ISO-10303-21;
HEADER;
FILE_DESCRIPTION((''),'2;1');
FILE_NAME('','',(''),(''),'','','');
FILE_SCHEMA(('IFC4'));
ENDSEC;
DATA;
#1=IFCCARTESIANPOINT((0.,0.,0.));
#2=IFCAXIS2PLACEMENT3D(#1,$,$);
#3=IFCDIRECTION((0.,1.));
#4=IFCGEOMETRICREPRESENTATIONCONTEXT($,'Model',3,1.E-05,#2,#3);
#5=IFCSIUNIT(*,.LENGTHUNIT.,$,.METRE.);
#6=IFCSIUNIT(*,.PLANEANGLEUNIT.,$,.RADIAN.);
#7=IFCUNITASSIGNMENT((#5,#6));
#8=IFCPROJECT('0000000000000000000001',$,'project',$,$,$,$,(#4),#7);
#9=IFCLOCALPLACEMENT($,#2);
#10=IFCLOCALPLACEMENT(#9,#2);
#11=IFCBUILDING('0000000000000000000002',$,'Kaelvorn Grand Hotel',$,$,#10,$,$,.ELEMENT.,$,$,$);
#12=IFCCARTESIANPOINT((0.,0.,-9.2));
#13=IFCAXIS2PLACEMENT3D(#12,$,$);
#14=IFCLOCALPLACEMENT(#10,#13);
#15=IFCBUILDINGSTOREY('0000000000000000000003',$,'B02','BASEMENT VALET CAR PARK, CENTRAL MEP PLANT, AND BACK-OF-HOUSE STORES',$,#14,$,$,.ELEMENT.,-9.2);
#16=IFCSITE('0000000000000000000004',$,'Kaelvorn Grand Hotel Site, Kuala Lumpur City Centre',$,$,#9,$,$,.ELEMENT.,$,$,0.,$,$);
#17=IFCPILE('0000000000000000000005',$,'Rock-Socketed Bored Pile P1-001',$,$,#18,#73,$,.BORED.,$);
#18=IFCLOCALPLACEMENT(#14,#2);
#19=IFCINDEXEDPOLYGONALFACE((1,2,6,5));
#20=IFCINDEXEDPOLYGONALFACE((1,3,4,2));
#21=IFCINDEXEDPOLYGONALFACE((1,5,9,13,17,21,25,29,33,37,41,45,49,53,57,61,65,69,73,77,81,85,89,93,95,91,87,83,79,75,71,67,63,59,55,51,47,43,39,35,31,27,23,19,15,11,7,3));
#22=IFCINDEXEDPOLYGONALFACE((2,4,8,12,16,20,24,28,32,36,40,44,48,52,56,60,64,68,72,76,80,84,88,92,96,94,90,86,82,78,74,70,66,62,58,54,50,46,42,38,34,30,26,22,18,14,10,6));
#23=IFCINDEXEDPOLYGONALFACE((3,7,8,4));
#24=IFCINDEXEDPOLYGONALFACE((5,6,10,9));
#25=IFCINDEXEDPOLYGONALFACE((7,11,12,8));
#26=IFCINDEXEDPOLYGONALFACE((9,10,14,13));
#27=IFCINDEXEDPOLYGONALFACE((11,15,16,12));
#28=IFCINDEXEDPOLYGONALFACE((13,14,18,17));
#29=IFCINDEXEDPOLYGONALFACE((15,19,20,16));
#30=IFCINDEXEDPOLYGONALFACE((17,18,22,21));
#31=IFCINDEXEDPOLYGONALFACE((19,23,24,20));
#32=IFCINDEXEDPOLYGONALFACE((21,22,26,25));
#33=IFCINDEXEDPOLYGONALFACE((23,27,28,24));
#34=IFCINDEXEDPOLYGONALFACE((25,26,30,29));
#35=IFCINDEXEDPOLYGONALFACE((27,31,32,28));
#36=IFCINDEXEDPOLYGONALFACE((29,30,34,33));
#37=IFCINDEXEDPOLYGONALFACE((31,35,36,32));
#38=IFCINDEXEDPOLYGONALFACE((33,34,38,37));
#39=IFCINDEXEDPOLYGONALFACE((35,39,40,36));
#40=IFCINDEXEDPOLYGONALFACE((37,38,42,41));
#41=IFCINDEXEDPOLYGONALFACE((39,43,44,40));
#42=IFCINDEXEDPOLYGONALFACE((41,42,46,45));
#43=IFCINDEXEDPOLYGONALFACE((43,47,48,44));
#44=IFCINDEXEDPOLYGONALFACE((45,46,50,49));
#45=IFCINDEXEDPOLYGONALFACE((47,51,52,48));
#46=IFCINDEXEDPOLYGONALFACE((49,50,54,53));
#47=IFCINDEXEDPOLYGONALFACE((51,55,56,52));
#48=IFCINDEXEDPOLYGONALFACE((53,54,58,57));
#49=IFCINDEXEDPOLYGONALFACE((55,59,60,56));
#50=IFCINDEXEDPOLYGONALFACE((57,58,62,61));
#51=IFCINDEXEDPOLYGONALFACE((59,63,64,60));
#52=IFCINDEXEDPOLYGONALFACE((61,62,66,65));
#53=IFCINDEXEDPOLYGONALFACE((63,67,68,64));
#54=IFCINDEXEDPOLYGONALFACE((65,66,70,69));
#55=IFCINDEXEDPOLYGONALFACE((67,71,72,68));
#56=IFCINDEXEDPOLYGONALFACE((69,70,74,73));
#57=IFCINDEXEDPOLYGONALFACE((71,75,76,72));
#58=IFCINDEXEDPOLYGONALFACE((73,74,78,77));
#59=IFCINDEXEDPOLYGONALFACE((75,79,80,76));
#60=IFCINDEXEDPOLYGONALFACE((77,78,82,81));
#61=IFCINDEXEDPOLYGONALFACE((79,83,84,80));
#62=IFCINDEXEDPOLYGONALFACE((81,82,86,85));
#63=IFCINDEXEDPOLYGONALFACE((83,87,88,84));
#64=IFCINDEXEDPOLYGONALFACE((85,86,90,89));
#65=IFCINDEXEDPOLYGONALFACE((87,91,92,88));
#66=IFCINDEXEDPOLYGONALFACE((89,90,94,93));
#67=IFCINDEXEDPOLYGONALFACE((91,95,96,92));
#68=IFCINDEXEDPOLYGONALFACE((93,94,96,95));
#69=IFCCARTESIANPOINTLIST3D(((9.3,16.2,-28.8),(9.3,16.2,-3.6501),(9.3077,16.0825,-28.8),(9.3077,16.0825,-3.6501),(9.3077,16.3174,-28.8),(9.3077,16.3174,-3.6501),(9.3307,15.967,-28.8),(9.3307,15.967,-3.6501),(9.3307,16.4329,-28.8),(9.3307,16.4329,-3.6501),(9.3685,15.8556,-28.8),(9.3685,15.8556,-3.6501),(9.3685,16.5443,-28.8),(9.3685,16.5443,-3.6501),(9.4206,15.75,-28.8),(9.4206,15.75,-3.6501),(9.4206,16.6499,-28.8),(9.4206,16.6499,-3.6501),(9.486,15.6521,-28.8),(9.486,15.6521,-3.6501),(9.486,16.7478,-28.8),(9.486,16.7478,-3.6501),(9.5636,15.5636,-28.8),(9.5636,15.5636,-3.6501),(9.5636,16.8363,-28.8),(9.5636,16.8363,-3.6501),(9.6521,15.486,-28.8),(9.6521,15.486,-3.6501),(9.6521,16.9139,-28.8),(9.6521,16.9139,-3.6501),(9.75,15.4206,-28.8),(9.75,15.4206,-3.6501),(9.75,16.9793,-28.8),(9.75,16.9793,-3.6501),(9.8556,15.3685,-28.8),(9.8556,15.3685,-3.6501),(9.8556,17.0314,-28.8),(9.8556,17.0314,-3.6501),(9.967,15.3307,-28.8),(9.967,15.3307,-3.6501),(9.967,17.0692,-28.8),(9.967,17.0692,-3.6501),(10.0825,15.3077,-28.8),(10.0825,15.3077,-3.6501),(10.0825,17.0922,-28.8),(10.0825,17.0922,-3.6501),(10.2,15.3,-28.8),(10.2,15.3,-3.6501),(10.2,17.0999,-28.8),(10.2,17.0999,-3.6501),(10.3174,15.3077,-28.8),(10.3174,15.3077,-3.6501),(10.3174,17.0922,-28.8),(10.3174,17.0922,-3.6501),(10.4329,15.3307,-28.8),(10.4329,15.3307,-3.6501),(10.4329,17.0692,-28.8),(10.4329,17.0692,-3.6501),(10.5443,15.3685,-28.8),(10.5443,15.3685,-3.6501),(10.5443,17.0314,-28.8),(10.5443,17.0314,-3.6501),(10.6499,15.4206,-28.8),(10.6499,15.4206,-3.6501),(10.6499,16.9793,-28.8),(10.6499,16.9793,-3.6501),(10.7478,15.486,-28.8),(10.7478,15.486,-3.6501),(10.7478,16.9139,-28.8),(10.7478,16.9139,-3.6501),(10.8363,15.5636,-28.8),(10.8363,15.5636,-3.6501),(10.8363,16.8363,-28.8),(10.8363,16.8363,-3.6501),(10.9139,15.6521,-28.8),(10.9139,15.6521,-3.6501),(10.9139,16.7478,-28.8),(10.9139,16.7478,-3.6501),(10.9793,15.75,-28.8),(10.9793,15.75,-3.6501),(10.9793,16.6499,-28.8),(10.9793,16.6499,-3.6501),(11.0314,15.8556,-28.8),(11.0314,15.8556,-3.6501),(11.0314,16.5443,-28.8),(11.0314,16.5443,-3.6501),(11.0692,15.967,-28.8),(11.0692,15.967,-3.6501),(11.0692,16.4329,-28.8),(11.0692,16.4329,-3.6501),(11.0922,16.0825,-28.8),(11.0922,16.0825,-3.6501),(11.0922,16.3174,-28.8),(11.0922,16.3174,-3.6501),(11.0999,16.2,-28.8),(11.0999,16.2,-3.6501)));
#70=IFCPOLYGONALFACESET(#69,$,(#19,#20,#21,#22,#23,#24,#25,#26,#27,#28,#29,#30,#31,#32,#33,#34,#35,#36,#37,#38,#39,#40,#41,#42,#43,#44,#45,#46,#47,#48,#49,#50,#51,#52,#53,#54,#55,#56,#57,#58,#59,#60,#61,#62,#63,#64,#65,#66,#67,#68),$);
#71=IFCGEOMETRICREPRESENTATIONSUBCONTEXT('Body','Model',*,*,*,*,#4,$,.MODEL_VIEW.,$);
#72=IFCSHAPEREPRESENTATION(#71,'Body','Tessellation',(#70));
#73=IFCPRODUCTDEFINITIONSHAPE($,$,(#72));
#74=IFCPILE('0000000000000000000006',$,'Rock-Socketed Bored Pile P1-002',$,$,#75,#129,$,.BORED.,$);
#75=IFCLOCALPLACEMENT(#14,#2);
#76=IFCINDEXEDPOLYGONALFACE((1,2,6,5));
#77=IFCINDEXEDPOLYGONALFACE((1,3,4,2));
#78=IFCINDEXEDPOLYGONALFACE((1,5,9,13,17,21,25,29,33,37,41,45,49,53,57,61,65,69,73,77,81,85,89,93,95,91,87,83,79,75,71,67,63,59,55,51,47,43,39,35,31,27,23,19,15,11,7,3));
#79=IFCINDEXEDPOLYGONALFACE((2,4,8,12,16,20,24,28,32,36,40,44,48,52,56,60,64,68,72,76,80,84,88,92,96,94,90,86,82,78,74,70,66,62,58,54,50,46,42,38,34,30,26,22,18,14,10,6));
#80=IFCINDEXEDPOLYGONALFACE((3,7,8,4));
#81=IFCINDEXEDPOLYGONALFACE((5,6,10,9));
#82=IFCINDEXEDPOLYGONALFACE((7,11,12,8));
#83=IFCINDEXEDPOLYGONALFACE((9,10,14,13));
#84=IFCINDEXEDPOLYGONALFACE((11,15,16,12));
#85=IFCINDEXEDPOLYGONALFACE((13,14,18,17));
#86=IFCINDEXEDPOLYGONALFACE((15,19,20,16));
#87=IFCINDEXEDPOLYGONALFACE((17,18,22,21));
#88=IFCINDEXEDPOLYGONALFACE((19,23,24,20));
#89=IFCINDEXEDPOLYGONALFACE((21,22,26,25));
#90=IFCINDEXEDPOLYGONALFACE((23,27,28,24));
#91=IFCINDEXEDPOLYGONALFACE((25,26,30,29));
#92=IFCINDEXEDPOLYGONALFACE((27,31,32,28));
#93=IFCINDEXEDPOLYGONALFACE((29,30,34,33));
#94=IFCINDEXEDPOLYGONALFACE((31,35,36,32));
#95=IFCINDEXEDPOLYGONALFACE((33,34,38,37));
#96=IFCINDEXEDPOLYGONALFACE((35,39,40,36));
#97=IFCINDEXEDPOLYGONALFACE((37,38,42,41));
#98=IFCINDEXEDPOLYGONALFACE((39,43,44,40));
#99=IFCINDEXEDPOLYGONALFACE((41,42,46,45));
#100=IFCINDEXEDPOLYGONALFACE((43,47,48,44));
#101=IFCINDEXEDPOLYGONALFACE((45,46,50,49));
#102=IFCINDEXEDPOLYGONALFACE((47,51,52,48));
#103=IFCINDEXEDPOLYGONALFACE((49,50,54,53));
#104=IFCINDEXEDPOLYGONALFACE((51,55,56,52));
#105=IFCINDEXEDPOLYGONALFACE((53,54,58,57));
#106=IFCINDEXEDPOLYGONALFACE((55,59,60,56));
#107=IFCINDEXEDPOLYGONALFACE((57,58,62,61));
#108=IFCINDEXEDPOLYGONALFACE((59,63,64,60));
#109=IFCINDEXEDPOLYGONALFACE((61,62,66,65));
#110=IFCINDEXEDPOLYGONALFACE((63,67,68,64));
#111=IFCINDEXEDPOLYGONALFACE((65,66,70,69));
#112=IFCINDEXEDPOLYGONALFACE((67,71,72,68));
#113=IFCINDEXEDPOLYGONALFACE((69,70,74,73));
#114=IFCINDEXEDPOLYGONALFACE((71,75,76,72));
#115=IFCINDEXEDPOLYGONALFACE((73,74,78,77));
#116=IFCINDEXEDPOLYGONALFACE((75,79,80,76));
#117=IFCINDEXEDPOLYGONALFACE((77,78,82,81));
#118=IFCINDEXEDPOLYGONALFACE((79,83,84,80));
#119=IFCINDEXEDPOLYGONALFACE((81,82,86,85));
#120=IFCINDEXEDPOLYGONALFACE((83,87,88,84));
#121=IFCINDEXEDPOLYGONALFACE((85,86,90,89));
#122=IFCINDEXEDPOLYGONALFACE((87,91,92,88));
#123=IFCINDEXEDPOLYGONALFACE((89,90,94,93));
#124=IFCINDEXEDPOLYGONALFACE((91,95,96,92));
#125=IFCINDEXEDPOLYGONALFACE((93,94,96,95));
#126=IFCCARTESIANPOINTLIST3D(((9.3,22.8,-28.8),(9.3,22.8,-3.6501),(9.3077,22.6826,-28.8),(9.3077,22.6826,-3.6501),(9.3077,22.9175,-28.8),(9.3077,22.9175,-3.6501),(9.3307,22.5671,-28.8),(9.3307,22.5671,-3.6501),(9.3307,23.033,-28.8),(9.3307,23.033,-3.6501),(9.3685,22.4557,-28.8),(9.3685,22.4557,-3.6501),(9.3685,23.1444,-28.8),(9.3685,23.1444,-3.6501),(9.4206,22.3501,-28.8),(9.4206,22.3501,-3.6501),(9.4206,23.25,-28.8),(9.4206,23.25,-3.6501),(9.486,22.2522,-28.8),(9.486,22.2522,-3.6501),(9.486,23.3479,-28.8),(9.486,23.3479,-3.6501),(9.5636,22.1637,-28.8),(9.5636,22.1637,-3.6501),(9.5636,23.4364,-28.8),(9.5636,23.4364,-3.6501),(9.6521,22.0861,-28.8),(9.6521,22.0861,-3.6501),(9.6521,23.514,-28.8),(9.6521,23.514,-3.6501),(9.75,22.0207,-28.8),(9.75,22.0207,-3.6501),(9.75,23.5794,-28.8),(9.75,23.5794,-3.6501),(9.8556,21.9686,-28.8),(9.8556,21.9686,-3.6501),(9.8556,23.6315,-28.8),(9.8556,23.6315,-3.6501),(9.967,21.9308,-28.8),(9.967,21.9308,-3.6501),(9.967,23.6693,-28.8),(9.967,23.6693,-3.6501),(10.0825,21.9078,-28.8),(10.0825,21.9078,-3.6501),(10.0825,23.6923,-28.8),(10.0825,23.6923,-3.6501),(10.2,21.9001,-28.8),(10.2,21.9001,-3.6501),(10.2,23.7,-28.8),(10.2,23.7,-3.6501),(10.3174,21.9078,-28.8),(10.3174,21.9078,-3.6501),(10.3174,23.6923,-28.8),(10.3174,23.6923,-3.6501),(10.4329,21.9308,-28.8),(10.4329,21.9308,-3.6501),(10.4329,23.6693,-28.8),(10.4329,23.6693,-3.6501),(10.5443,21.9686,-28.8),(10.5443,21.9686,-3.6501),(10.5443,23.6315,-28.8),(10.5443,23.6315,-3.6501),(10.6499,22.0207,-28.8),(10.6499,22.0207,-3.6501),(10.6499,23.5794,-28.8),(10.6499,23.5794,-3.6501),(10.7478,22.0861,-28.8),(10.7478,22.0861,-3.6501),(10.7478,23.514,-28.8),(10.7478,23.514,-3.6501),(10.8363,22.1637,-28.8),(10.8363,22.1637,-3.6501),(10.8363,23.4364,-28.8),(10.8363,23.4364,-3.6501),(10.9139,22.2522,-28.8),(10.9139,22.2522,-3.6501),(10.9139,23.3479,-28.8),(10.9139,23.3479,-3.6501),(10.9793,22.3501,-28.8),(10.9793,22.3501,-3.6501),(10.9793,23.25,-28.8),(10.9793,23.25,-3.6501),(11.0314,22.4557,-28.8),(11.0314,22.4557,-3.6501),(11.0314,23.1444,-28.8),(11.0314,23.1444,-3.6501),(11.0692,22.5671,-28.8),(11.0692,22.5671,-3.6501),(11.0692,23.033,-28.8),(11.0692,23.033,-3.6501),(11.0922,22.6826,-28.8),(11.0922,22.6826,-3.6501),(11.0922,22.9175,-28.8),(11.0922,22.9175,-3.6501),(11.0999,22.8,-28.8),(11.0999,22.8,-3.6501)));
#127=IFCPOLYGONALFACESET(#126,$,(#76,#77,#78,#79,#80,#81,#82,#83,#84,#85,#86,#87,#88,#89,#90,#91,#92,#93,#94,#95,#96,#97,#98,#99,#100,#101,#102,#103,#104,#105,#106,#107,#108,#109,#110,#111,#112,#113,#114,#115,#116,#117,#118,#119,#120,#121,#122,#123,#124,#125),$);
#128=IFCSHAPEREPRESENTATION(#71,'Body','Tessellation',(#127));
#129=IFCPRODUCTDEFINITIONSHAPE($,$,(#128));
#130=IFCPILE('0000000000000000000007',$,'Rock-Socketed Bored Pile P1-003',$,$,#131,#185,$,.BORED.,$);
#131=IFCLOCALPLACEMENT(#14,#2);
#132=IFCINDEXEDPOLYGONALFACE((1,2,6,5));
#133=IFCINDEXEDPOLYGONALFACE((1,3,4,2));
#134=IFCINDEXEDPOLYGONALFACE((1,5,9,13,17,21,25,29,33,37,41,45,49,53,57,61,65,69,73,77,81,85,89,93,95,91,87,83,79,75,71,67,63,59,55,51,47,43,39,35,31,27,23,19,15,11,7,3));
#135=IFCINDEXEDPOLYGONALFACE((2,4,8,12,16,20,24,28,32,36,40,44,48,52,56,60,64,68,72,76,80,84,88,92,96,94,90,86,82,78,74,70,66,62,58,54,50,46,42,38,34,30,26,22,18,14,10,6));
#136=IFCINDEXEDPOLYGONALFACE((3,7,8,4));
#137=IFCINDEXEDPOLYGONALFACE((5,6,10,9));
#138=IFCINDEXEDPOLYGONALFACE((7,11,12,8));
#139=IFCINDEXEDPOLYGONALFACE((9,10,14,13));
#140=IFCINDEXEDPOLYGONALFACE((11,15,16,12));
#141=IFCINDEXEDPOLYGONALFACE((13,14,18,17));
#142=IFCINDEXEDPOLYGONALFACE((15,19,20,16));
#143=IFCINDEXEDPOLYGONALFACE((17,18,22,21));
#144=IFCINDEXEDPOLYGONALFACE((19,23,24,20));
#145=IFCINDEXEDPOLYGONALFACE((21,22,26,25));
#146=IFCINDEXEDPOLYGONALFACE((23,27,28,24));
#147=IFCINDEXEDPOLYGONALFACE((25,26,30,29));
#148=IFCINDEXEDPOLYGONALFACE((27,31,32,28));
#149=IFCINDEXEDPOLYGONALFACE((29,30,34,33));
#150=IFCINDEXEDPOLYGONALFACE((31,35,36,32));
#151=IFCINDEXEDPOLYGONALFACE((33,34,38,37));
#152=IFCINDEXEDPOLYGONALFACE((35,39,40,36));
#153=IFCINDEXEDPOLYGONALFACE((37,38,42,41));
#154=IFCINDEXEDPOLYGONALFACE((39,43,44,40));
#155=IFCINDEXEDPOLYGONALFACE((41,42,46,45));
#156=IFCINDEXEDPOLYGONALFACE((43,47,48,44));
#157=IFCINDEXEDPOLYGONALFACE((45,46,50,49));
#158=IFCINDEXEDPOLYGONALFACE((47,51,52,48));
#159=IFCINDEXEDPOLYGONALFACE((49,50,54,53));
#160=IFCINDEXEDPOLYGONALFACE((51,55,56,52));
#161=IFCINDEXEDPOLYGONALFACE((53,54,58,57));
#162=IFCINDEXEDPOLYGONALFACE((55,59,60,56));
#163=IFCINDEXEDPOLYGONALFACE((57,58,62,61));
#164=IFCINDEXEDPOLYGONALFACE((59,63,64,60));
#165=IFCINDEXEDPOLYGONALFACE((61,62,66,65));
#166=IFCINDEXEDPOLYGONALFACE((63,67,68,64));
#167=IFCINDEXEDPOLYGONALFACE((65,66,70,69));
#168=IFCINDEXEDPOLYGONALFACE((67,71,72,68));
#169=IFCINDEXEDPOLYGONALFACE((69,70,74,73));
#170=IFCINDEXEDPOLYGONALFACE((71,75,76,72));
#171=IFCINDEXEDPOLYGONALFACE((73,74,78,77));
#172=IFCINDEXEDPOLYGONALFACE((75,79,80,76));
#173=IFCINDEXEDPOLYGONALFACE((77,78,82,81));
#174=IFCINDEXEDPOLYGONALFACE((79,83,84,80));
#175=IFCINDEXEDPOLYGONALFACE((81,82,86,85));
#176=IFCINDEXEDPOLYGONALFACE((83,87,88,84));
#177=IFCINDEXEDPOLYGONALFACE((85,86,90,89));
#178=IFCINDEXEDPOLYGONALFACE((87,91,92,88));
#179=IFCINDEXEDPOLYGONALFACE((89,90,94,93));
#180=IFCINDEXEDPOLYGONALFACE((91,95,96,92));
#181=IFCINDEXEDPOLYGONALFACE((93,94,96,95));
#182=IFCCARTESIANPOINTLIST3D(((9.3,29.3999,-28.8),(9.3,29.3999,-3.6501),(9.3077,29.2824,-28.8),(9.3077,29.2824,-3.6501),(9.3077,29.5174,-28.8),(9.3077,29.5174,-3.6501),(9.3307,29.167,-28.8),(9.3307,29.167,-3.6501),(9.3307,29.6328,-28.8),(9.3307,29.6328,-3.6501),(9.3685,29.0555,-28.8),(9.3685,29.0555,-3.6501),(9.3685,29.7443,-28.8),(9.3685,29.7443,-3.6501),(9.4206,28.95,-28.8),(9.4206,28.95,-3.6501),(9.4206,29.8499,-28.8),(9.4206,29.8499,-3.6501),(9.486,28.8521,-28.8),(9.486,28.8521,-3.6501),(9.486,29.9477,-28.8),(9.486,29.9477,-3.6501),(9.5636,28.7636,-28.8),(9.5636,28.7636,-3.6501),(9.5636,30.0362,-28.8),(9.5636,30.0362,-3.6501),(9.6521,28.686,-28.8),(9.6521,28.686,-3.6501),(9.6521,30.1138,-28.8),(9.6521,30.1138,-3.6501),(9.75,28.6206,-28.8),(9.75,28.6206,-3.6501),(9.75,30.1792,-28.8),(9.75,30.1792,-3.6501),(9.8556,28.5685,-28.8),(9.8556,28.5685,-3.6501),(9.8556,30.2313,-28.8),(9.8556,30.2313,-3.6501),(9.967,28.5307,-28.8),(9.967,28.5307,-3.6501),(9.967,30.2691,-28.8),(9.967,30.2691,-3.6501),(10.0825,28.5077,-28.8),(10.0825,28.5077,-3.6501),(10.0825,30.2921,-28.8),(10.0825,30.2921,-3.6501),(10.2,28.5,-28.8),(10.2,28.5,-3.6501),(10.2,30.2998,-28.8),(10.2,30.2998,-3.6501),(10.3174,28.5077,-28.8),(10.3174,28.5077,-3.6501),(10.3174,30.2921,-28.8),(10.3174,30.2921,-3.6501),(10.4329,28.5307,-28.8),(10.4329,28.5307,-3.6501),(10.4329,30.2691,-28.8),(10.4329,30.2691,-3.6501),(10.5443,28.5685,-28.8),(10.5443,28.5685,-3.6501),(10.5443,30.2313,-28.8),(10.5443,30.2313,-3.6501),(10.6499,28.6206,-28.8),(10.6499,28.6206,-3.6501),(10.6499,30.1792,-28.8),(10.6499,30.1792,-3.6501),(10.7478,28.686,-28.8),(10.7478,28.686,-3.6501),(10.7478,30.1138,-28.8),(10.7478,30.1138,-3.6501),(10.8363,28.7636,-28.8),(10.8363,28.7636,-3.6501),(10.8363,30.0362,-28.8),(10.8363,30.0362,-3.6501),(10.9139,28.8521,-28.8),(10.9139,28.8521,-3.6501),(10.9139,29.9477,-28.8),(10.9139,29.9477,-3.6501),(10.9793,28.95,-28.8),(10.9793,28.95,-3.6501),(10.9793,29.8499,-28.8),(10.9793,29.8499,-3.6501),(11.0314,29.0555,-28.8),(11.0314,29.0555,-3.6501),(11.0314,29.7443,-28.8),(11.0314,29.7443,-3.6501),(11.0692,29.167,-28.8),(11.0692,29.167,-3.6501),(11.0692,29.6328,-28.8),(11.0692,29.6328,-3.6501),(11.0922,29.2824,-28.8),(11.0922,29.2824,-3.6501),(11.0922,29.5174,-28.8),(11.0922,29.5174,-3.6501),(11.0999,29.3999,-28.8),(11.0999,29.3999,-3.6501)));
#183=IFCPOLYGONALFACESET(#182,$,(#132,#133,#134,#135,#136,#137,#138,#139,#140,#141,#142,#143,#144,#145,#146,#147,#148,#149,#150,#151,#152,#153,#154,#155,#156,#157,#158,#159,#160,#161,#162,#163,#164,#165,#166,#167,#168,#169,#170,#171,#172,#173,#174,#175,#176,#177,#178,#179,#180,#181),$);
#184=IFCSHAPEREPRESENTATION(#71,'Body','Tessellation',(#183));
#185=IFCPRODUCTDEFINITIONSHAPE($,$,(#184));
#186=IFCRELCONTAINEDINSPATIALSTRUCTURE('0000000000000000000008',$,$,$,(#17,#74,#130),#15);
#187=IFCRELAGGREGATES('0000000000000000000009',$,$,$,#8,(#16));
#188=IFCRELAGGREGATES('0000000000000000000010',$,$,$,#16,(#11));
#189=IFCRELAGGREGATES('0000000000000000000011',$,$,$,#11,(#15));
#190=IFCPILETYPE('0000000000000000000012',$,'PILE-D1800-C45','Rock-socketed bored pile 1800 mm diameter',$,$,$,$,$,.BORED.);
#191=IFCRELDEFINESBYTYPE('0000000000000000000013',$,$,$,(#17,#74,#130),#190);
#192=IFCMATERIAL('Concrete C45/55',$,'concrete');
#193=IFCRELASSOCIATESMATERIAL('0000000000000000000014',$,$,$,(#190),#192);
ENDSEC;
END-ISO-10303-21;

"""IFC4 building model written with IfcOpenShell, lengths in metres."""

from ifc_helpers import new_model, si_unit, direction, frame, origin, origin_2d, place, context, subcontext, project, spatial, circle, extrude, material, material_profile, profile_set, type_object, element, save


model = new_model("IFC4")

# Units and contexts
model_context = context("Model", 3, precision=1e-05, world=origin(), true_north=direction((0.0, 1.0)))
body_context = subcontext(model_context, "Body", "Model", "MODEL_VIEW")
ifc_project = project(units=[si_unit("LENGTHUNIT", "METRE"), si_unit("PLANEANGLEUNIT", "RADIAN")], contexts=[model_context])

# Site, building, storey
site_placement = place(None, origin())
site = spatial("IfcSite", under=ifc_project, at=site_placement, Name="Kaelvorn Grand Hotel Site, Kuala Lumpur City Centre", CompositionType="ELEMENT", RefElevation=0.0)
building_placement = place(site_placement, origin())
building = spatial("IfcBuilding", under=site, at=building_placement, Name="Kaelvorn Grand Hotel", CompositionType="ELEMENT")
storey_placement = place(building_placement, frame((0.0, 0.0, -9.2)))
storey = spatial("IfcBuildingStorey", under=building, at=storey_placement, Name="B02", Description="BASEMENT VALET CAR PARK, CENTRAL MEP PLANT, AND BACK-OF-HOUSE STORES", CompositionType="ELEMENT", Elevation=-9.2)

# Piles
ifc_material_1 = material(Name="Concrete C45/55", Category="concrete")
ifc_material_profile_1 = material_profile(ifc_material_1, circle(Radius=0.8999, at=origin_2d()), Name="BORED PILE D1800")
ifc_profile_set_1 = profile_set([ifc_material_profile_1], Name="Concrete C45/55")
pile_type = type_object("IfcPileType", Name="PILE-D1800-C45", Description="Rock-socketed bored pile 1800 mm diameter", PredefinedType="BORED", material=ifc_profile_set_1)
for number, where, z_axis, x_axis, name in (
    (1, (10.2, 16.2, -3.6501), (0.0, 0.0, -1.0), (1.0, 0.0, 0.0), "Rock-Socketed Bored Pile P1-001"),
    (2, (10.2, 22.8, -3.6501), (0.0, 0.0, -1.0), (1.0, 0.0, 0.0), "Rock-Socketed Bored Pile P1-002"),
    (3, (10.2, 29.3999, -3.6501), (0.0, 0.0, -1.0), (1.0, 0.0, 0.0), "Rock-Socketed Bored Pile P1-003"),
):
    element("IfcPile", number, at=place(storey_placement, frame(where, z_axis=z_axis, x_axis=x_axis)), inside=storey, type_object=pile_type, Name=name, PredefinedType="BORED", context=body_context, shape_type="SweptSolid", body=[
        extrude(circle(Radius=0.8999, at=origin_2d()), origin(), (0.0, 0.0, 1.0), 25.1499),
    ])

save(model, "model.ifc")
